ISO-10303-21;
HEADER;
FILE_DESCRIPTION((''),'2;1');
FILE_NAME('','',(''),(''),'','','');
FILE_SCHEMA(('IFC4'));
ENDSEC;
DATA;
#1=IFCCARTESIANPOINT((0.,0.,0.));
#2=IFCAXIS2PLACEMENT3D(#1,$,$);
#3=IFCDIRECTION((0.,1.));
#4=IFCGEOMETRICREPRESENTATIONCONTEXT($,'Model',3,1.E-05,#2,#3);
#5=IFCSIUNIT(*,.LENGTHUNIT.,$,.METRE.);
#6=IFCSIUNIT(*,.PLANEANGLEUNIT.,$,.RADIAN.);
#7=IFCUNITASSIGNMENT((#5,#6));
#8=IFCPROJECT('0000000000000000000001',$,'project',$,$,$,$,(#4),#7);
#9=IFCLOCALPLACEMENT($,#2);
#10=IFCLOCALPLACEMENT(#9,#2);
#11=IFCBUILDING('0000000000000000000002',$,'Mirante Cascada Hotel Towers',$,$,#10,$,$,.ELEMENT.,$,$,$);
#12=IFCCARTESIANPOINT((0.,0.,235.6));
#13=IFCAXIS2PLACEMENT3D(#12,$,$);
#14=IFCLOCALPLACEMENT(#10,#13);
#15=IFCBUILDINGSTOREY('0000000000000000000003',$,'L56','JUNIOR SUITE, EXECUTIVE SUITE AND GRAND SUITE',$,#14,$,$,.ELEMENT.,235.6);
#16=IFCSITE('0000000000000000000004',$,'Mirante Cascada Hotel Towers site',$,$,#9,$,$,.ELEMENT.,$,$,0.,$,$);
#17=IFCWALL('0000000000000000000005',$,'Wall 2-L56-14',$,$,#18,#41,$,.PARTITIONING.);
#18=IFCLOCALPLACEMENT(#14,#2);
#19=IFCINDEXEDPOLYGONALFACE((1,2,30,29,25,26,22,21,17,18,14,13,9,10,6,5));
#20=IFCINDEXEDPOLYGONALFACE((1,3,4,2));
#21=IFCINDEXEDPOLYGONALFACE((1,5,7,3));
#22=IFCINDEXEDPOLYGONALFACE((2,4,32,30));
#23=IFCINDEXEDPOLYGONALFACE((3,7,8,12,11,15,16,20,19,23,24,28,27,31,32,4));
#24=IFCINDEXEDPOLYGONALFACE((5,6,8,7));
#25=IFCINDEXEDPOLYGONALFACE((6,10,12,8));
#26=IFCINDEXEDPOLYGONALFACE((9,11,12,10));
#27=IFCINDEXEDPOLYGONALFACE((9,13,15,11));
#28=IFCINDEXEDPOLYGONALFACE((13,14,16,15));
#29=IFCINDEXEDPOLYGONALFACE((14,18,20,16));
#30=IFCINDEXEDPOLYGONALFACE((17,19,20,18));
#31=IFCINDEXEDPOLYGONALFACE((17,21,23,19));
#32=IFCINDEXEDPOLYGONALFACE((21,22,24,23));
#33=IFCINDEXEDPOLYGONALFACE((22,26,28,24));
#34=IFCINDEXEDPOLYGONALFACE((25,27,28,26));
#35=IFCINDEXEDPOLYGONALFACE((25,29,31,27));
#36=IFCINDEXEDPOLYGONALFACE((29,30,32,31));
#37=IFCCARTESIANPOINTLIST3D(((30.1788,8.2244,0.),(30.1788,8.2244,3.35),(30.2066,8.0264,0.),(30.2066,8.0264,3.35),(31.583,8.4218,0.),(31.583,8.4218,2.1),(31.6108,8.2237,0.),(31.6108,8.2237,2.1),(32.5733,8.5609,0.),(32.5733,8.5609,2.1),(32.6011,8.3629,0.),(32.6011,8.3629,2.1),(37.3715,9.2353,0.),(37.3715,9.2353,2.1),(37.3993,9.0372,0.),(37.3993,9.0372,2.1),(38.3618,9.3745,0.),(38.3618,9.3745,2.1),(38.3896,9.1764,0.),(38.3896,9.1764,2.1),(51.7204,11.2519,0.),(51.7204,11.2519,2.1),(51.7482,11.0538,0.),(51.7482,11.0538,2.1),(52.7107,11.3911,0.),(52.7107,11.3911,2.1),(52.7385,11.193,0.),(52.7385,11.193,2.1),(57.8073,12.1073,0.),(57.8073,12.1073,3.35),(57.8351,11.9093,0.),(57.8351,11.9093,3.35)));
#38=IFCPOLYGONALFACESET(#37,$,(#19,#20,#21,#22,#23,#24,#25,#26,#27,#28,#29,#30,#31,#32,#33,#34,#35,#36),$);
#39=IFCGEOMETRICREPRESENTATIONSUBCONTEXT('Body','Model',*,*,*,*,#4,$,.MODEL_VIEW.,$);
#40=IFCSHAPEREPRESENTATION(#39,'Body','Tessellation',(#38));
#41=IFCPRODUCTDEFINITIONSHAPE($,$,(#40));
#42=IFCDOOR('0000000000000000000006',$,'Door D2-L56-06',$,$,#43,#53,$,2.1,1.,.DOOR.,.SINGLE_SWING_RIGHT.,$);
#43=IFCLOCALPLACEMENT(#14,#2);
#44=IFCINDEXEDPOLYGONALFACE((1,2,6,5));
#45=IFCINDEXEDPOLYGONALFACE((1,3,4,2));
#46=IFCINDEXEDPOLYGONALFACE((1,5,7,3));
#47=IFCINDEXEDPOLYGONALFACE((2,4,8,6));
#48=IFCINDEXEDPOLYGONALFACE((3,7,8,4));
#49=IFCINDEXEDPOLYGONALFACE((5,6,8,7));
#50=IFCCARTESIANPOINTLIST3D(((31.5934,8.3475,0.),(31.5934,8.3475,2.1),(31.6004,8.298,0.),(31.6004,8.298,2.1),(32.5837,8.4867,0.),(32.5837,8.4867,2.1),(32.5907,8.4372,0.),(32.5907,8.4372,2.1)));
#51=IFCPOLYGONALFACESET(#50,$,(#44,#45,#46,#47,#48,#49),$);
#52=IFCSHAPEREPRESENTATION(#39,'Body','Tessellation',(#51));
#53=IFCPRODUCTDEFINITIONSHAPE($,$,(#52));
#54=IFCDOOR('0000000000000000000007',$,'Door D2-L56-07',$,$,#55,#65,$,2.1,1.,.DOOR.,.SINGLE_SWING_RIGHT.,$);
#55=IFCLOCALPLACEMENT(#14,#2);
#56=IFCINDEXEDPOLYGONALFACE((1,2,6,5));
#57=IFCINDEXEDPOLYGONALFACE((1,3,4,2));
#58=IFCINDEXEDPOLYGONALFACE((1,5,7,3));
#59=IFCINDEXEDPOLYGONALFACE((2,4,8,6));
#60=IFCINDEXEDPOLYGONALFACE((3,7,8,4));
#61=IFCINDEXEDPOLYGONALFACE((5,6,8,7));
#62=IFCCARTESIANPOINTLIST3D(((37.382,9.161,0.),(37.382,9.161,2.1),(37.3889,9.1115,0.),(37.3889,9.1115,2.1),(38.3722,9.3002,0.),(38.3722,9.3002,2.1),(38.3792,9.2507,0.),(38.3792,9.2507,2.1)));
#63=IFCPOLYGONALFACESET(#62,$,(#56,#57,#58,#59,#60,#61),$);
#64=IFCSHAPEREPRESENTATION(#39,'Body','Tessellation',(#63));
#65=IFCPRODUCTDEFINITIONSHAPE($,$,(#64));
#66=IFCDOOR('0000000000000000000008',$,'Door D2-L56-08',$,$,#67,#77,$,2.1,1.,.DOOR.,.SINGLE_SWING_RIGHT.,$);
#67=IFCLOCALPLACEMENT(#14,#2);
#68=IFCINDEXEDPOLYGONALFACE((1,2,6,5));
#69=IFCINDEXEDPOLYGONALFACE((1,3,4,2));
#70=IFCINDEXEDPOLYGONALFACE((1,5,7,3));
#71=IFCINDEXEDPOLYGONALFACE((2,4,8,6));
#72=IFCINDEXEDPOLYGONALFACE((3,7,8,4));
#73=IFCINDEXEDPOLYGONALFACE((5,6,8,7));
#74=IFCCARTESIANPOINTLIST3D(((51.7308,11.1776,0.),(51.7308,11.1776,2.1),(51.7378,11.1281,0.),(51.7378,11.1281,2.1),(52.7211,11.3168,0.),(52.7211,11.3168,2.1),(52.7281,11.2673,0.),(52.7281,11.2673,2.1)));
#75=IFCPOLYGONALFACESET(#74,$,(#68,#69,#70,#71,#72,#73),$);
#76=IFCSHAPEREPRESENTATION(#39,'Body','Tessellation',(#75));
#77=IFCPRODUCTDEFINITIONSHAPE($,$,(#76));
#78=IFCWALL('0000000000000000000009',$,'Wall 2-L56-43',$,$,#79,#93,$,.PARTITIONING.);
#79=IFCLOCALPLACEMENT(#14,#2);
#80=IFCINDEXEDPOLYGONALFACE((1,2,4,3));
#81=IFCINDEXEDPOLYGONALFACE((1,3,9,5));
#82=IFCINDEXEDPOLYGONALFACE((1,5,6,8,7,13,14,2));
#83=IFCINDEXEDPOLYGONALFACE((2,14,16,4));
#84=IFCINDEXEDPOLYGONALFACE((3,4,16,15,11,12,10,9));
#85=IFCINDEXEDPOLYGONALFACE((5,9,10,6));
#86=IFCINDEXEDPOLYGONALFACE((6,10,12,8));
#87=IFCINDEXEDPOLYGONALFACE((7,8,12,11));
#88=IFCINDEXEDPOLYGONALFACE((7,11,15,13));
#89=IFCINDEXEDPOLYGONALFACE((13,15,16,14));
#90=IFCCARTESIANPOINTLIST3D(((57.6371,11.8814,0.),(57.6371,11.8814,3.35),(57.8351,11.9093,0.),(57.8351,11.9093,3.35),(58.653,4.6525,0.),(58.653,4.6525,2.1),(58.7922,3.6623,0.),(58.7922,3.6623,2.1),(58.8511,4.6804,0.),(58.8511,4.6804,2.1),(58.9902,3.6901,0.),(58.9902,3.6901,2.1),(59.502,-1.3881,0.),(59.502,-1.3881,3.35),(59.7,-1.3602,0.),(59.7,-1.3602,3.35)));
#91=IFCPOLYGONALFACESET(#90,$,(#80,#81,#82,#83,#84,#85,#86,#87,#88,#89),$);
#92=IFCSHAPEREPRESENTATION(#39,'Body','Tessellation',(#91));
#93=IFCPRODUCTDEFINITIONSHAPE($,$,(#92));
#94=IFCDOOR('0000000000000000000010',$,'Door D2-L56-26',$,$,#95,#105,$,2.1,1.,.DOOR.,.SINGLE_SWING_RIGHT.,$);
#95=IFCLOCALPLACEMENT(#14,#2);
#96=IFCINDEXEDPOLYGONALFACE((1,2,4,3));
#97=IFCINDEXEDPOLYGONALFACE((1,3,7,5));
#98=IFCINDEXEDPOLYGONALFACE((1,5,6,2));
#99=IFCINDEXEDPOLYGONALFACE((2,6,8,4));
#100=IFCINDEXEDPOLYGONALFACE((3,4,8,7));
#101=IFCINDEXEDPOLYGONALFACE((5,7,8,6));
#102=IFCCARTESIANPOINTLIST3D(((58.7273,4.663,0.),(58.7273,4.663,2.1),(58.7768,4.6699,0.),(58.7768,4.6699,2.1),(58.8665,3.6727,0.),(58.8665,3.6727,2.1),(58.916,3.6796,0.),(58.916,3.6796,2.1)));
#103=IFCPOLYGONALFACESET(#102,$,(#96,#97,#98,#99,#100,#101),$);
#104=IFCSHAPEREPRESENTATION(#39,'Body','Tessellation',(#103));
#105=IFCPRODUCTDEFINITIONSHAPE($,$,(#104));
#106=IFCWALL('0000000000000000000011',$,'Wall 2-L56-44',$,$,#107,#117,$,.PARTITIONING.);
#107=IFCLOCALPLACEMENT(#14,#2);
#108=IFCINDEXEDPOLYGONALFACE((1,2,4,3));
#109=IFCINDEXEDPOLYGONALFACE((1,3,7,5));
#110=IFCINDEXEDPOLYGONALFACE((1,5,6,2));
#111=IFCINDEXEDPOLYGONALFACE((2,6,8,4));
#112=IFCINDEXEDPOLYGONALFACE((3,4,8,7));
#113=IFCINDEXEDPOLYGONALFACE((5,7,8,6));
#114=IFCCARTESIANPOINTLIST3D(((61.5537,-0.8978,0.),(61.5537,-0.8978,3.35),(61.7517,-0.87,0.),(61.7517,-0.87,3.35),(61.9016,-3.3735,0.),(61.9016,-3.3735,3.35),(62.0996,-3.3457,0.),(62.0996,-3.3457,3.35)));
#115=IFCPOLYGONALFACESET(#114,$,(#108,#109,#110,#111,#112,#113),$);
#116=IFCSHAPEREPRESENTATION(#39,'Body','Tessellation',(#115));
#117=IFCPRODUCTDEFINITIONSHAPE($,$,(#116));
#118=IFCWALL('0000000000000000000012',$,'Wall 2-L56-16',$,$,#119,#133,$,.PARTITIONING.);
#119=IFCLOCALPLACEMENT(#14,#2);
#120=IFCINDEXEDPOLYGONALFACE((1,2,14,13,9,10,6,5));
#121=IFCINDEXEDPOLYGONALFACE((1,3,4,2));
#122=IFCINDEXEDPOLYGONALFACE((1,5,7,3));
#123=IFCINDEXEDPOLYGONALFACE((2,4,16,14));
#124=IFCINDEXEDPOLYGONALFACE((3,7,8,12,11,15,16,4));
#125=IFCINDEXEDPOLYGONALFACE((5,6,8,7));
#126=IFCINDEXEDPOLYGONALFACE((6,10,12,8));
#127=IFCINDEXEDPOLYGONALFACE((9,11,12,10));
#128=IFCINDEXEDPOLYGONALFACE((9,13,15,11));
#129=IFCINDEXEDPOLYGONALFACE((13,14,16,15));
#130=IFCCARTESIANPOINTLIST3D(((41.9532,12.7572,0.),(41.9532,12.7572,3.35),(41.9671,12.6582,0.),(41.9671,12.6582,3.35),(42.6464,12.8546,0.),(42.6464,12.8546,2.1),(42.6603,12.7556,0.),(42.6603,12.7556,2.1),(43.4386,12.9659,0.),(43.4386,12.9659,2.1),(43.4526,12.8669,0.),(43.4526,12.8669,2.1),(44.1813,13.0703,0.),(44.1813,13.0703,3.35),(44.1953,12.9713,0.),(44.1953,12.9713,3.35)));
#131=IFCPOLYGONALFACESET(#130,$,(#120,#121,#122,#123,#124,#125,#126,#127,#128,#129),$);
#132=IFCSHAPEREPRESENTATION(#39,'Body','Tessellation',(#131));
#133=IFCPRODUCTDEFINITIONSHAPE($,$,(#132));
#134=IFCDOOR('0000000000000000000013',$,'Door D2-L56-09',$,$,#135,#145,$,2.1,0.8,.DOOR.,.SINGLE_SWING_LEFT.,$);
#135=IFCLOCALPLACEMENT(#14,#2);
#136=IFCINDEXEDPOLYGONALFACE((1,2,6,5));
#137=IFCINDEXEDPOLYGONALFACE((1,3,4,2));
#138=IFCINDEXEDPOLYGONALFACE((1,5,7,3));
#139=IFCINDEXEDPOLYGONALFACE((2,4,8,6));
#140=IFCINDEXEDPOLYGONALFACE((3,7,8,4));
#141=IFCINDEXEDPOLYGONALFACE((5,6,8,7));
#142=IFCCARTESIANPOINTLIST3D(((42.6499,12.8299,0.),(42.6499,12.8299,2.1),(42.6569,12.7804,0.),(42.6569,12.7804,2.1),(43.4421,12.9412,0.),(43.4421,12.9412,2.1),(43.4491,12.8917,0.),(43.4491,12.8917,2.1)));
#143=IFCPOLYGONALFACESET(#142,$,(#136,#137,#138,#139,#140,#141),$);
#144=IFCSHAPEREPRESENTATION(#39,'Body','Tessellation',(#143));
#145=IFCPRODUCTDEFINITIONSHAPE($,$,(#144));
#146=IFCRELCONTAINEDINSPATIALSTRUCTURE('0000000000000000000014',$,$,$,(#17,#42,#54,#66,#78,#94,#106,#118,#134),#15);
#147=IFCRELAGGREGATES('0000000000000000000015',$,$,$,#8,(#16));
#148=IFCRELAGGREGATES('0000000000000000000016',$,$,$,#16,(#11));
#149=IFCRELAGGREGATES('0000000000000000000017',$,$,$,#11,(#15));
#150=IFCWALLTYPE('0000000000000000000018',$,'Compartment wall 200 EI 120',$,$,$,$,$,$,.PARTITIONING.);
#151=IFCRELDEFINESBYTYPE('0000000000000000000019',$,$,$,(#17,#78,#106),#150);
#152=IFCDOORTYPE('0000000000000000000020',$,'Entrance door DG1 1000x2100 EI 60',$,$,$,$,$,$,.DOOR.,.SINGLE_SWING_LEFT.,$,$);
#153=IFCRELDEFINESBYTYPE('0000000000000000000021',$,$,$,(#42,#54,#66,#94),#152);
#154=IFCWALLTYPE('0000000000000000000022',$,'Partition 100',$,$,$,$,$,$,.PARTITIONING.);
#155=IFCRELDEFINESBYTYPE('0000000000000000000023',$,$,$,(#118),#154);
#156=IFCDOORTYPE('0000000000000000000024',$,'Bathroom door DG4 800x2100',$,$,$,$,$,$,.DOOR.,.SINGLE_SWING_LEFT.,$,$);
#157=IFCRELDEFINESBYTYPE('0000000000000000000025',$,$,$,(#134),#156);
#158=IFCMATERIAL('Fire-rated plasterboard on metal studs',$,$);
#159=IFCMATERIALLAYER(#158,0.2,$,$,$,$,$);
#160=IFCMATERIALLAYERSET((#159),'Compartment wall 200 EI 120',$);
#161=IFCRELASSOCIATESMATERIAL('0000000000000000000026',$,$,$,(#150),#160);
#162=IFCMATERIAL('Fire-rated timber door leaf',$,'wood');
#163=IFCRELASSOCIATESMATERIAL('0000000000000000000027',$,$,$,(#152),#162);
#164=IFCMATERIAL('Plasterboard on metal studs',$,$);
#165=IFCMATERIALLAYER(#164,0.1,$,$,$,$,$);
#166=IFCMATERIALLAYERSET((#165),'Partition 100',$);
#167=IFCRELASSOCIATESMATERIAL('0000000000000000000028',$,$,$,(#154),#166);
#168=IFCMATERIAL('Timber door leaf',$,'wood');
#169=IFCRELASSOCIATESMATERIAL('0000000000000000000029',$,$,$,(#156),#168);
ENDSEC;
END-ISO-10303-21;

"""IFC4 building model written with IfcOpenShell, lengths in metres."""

from ifc_helpers import new_model, si_unit, direction, frame, frame_2d, origin, place, context, subcontext, project, spatial, rectangle, extrude, material, layer, layer_set, type_object, element, fill, save


model = new_model("IFC4")

# Units and contexts
model_context = context("Model", 3, precision=1e-05, world=origin(), true_north=direction((0.0, 1.0)))
body_context = subcontext(model_context, "Body", "Model", "MODEL_VIEW")
ifc_project = project(units=[si_unit("LENGTHUNIT", "METRE"), si_unit("PLANEANGLEUNIT", "RADIAN")], contexts=[model_context])

# Site, building, storey
site_placement = place(None, origin())
site = spatial("IfcSite", under=ifc_project, at=site_placement, Name="Mirante Cascada Hotel Towers site", CompositionType="ELEMENT", RefElevation=0.0)
building_placement = place(site_placement, origin())
building = spatial("IfcBuilding", under=site, at=building_placement, Name="Mirante Cascada Hotel Towers", CompositionType="ELEMENT")
storey_placement = place(building_placement, frame((0.0, 0.0, 235.6)))
storey = spatial("IfcBuildingStorey", under=building, at=storey_placement, Name="L56", Description="JUNIOR SUITE, EXECUTIVE SUITE AND GRAND SUITE", CompositionType="ELEMENT", Elevation=235.6)

# Shared definitions
ifc_material_1 = material(Name="Fire-rated plasterboard on metal studs")
ifc_layer_1 = layer(ifc_material_1, 0.2)
ifc_layer_set_1 = layer_set([ifc_layer_1], Name="Compartment wall 200 EI 120")
wall_type_1 = type_object("IfcWallType", Name="Compartment wall 200 EI 120", PredefinedType="PARTITIONING", material=ifc_layer_set_1)

# Wall, openings, doors
wall_1_placement = place(storey_placement, frame((57.8212, 12.0083, 0.0), z_axis=(0.0, 0.0, 1.0), x_axis=(-0.990268, -0.139172, 0.0)))
wall_1 = element("IfcWall", 1, at=wall_1_placement, inside=storey, type_object=wall_type_1, Name="Wall 2-L56-14", PredefinedType="PARTITIONING", context=body_context, shape_type="SweptSolid", body=[
    extrude(rectangle(XDim=27.9, YDim=0.2, at=frame_2d((13.95, 0.0))), origin(), (0.0, 0.0, 1.0), 3.35),
])
opening_1_placement = place(wall_1_placement, frame((25.482, 0.0, 0.0)))
opening_1 = element("IfcOpeningElement", 2, at=opening_1_placement, cuts=wall_1, PredefinedType="OPENING", context=body_context, shape_type="SweptSolid", body=[
    extrude(rectangle(XDim=1.0, YDim=2.1, at=frame_2d((0.5, 1.05))), frame((0.0, 0.1, 0.0), z_axis=(0.0, -1.0, 0.0), x_axis=(1.0, 0.0, 0.0)), (0.0, 0.0, 1.0), 0.2),
])
opening_2_placement = place(wall_1_placement, frame((19.6366, 0.0, 0.0)))
opening_2 = element("IfcOpeningElement", 3, at=opening_2_placement, cuts=wall_1, PredefinedType="OPENING", context=body_context, shape_type="SweptSolid", body=[
    extrude(rectangle(XDim=1.0, YDim=2.1, at=frame_2d((0.5, 1.05))), frame((0.0, 0.1, 0.0), z_axis=(0.0, -1.0, 0.0), x_axis=(1.0, 0.0, 0.0)), (0.0, 0.0, 1.0), 0.2),
])
opening_3_placement = place(wall_1_placement, frame((5.1467, 0.0, 0.0)))
opening_3 = element("IfcOpeningElement", 4, at=opening_3_placement, cuts=wall_1, PredefinedType="OPENING", context=body_context, shape_type="SweptSolid", body=[
    extrude(rectangle(XDim=1.0, YDim=2.1, at=frame_2d((0.5, 1.05))), frame((0.0, 0.1, 0.0), z_axis=(0.0, -1.0, 0.0), x_axis=(1.0, 0.0, 0.0)), (0.0, 0.0, 1.0), 0.2),
])
ifc_material_2 = material(Name="Fire-rated timber door leaf", Category="wood")
door_type_1 = type_object("IfcDoorType", Name="Entrance door DG1 1000x2100 EI 60", OperationType="SINGLE_SWING_LEFT", PredefinedType="DOOR", material=ifc_material_2)
door_1_placement = place(opening_1_placement, frame((1.0, 0.0, 0.0), z_axis=(0.0, 0.0, 1.0), x_axis=(-1.0, 0.0, 0.0)))
door_1 = element("IfcDoor", 5, at=door_1_placement, inside=storey, type_object=door_type_1, Name="Door D2-L56-06", OperationType="SINGLE_SWING_RIGHT", OverallHeight=2.1, OverallWidth=1.0, PredefinedType="DOOR", context=body_context, shape_type="SweptSolid", body=[
    extrude(rectangle(XDim=1.0, YDim=2.1, at=frame_2d((0.5, 1.05))), frame((0.0, 0.025, 0.0), z_axis=(0.0, -1.0, 0.0), x_axis=(1.0, 0.0, 0.0)), (0.0, 0.0, 1.0), 0.05),
])
fill(opening_1, door_1)
door_2_placement = place(opening_2_placement, frame((1.0, 0.0, 0.0), z_axis=(0.0, 0.0, 1.0), x_axis=(-1.0, 0.0, 0.0)))
door_2 = element("IfcDoor", 6, at=door_2_placement, inside=storey, type_object=door_type_1, Name="Door D2-L56-07", OperationType="SINGLE_SWING_RIGHT", OverallHeight=2.1, OverallWidth=1.0, PredefinedType="DOOR", context=body_context, shape_type="SweptSolid", body=[
    extrude(rectangle(XDim=1.0, YDim=2.1, at=frame_2d((0.5, 1.05))), frame((0.0, 0.025, 0.0), z_axis=(0.0, -1.0, 0.0), x_axis=(1.0, 0.0, 0.0)), (0.0, 0.0, 1.0), 0.05),
])
fill(opening_2, door_2)
door_3_placement = place(opening_3_placement, frame((1.0, 0.0, 0.0), z_axis=(0.0, 0.0, 1.0), x_axis=(-1.0, 0.0, 0.0)))
door_3 = element("IfcDoor", 7, at=door_3_placement, inside=storey, type_object=door_type_1, Name="Door D2-L56-08", OperationType="SINGLE_SWING_RIGHT", OverallHeight=2.1, OverallWidth=1.0, PredefinedType="DOOR", context=body_context, shape_type="SweptSolid", body=[
    extrude(rectangle(XDim=1.0, YDim=2.1, at=frame_2d((0.5, 1.05))), frame((0.0, 0.025, 0.0), z_axis=(0.0, -1.0, 0.0), x_axis=(1.0, 0.0, 0.0)), (0.0, 0.0, 1.0), 0.05),
])
fill(opening_3, door_3)

# Wall, opening, door
wall_2_placement = place(storey_placement, frame((59.601, -1.3742, 0.0), z_axis=(0.0, 0.0, 1.0), x_axis=(-0.139173, 0.990268, 0.0)))
wall_2 = element("IfcWall", 8, at=wall_2_placement, inside=storey, type_object=wall_type_1, Name="Wall 2-L56-43", PredefinedType="PARTITIONING", context=body_context, shape_type="SweptSolid", body=[
    extrude(rectangle(XDim=13.3999, YDim=0.2, at=frame_2d((6.7, 0.0))), origin(), (0.0, 0.0, 1.0), 3.35),
])
opening_4_placement = place(wall_2_placement, frame((5.1, 0.0, 0.0)))
opening_4 = element("IfcOpeningElement", 9, at=opening_4_placement, cuts=wall_2, PredefinedType="OPENING", context=body_context, shape_type="SweptSolid", body=[
    extrude(rectangle(XDim=1.0, YDim=2.1, at=frame_2d((0.5, 1.05))), frame((0.0, 0.1, 0.0), z_axis=(0.0, -1.0, 0.0), x_axis=(1.0, 0.0, 0.0)), (0.0, 0.0, 1.0), 0.2),
])
door_4_placement = place(opening_4_placement, frame((1.0, 0.0, 0.0), z_axis=(0.0, 0.0, 1.0), x_axis=(-1.0, 0.0, 0.0)))
door_4 = element("IfcDoor", 10, at=door_4_placement, inside=storey, type_object=door_type_1, Name="Door D2-L56-26", OperationType="SINGLE_SWING_RIGHT", OverallHeight=2.1, OverallWidth=1.0, PredefinedType="DOOR", context=body_context, shape_type="SweptSolid", body=[
    extrude(rectangle(XDim=1.0, YDim=2.1, at=frame_2d((0.5, 1.05))), frame((0.0, 0.025, 0.0), z_axis=(0.0, -1.0, 0.0), x_axis=(1.0, 0.0, 0.0)), (0.0, 0.0, 1.0), 0.05),
])
fill(opening_4, door_4)

# Wall
wall_3_placement = place(storey_placement, frame((61.6527, -0.8839, 0.0), z_axis=(0.0, 0.0, 1.0), x_axis=(0.139159, -0.99027, 0.0)))
element("IfcWall", 11, at=wall_3_placement, inside=storey, type_object=wall_type_1, Name="Wall 2-L56-44", PredefinedType="PARTITIONING", context=body_context, shape_type="SweptSolid", body=[
    extrude(rectangle(XDim=2.5, YDim=0.2, at=frame_2d((1.25, 0.0))), origin(), (0.0, 0.0, 1.0), 3.35),
])

# Wall, opening, door
ifc_material_3 = material(Name="Plasterboard on metal studs")
ifc_layer_2 = layer(ifc_material_3, 0.1)
ifc_layer_set_2 = layer_set([ifc_layer_2], Name="Partition 100")
wall_type_2 = type_object("IfcWallType", Name="Partition 100", PredefinedType="PARTITIONING", material=ifc_layer_set_2)
wall_4_placement = place(storey_placement, frame((44.1883, 13.0208, 0.0), z_axis=(0.0, 0.0, 1.0), x_axis=(-0.990271, -0.139156, 0.0)))
wall_4 = element("IfcWall", 12, at=wall_4_placement, inside=storey, type_object=wall_type_2, Name="Wall 2-L56-16", PredefinedType="PARTITIONING", context=body_context, shape_type="SweptSolid", body=[
    extrude(rectangle(XDim=2.25, YDim=0.1, at=frame_2d((1.125, 0.0))), origin(), (0.0, 0.0, 1.0), 3.35),
])
opening_5_placement = place(wall_4_placement, frame((0.75, 0.0, 0.0)))
opening_5 = element("IfcOpeningElement", 13, at=opening_5_placement, cuts=wall_4, PredefinedType="OPENING", context=body_context, shape_type="SweptSolid", body=[
    extrude(rectangle(XDim=0.8, YDim=2.1, at=frame_2d((0.4, 1.05))), frame((0.0, 0.05, 0.0), z_axis=(0.0, -1.0, 0.0), x_axis=(1.0, 0.0, 0.0)), (0.0, 0.0, 1.0), 0.1),
])
ifc_material_4 = material(Name="Timber door leaf", Category="wood")
door_type_2 = type_object("IfcDoorType", Name="Bathroom door DG4 800x2100", OperationType="SINGLE_SWING_LEFT", PredefinedType="DOOR", material=ifc_material_4)
door_5_placement = place(opening_5_placement, origin())
door_5 = element("IfcDoor", 14, at=door_5_placement, inside=storey, type_object=door_type_2, Name="Door D2-L56-09", OperationType="SINGLE_SWING_LEFT", OverallHeight=2.1, OverallWidth=0.8, PredefinedType="DOOR", context=body_context, shape_type="SweptSolid", body=[
    extrude(rectangle(XDim=0.8, YDim=2.1, at=frame_2d((0.4, 1.05))), frame((0.0, 0.025, 0.0), z_axis=(0.0, -1.0, 0.0), x_axis=(1.0, 0.0, 0.0)), (0.0, 0.0, 1.0), 0.05),
])
fill(opening_5, door_5)

save(model, "model.ifc")
